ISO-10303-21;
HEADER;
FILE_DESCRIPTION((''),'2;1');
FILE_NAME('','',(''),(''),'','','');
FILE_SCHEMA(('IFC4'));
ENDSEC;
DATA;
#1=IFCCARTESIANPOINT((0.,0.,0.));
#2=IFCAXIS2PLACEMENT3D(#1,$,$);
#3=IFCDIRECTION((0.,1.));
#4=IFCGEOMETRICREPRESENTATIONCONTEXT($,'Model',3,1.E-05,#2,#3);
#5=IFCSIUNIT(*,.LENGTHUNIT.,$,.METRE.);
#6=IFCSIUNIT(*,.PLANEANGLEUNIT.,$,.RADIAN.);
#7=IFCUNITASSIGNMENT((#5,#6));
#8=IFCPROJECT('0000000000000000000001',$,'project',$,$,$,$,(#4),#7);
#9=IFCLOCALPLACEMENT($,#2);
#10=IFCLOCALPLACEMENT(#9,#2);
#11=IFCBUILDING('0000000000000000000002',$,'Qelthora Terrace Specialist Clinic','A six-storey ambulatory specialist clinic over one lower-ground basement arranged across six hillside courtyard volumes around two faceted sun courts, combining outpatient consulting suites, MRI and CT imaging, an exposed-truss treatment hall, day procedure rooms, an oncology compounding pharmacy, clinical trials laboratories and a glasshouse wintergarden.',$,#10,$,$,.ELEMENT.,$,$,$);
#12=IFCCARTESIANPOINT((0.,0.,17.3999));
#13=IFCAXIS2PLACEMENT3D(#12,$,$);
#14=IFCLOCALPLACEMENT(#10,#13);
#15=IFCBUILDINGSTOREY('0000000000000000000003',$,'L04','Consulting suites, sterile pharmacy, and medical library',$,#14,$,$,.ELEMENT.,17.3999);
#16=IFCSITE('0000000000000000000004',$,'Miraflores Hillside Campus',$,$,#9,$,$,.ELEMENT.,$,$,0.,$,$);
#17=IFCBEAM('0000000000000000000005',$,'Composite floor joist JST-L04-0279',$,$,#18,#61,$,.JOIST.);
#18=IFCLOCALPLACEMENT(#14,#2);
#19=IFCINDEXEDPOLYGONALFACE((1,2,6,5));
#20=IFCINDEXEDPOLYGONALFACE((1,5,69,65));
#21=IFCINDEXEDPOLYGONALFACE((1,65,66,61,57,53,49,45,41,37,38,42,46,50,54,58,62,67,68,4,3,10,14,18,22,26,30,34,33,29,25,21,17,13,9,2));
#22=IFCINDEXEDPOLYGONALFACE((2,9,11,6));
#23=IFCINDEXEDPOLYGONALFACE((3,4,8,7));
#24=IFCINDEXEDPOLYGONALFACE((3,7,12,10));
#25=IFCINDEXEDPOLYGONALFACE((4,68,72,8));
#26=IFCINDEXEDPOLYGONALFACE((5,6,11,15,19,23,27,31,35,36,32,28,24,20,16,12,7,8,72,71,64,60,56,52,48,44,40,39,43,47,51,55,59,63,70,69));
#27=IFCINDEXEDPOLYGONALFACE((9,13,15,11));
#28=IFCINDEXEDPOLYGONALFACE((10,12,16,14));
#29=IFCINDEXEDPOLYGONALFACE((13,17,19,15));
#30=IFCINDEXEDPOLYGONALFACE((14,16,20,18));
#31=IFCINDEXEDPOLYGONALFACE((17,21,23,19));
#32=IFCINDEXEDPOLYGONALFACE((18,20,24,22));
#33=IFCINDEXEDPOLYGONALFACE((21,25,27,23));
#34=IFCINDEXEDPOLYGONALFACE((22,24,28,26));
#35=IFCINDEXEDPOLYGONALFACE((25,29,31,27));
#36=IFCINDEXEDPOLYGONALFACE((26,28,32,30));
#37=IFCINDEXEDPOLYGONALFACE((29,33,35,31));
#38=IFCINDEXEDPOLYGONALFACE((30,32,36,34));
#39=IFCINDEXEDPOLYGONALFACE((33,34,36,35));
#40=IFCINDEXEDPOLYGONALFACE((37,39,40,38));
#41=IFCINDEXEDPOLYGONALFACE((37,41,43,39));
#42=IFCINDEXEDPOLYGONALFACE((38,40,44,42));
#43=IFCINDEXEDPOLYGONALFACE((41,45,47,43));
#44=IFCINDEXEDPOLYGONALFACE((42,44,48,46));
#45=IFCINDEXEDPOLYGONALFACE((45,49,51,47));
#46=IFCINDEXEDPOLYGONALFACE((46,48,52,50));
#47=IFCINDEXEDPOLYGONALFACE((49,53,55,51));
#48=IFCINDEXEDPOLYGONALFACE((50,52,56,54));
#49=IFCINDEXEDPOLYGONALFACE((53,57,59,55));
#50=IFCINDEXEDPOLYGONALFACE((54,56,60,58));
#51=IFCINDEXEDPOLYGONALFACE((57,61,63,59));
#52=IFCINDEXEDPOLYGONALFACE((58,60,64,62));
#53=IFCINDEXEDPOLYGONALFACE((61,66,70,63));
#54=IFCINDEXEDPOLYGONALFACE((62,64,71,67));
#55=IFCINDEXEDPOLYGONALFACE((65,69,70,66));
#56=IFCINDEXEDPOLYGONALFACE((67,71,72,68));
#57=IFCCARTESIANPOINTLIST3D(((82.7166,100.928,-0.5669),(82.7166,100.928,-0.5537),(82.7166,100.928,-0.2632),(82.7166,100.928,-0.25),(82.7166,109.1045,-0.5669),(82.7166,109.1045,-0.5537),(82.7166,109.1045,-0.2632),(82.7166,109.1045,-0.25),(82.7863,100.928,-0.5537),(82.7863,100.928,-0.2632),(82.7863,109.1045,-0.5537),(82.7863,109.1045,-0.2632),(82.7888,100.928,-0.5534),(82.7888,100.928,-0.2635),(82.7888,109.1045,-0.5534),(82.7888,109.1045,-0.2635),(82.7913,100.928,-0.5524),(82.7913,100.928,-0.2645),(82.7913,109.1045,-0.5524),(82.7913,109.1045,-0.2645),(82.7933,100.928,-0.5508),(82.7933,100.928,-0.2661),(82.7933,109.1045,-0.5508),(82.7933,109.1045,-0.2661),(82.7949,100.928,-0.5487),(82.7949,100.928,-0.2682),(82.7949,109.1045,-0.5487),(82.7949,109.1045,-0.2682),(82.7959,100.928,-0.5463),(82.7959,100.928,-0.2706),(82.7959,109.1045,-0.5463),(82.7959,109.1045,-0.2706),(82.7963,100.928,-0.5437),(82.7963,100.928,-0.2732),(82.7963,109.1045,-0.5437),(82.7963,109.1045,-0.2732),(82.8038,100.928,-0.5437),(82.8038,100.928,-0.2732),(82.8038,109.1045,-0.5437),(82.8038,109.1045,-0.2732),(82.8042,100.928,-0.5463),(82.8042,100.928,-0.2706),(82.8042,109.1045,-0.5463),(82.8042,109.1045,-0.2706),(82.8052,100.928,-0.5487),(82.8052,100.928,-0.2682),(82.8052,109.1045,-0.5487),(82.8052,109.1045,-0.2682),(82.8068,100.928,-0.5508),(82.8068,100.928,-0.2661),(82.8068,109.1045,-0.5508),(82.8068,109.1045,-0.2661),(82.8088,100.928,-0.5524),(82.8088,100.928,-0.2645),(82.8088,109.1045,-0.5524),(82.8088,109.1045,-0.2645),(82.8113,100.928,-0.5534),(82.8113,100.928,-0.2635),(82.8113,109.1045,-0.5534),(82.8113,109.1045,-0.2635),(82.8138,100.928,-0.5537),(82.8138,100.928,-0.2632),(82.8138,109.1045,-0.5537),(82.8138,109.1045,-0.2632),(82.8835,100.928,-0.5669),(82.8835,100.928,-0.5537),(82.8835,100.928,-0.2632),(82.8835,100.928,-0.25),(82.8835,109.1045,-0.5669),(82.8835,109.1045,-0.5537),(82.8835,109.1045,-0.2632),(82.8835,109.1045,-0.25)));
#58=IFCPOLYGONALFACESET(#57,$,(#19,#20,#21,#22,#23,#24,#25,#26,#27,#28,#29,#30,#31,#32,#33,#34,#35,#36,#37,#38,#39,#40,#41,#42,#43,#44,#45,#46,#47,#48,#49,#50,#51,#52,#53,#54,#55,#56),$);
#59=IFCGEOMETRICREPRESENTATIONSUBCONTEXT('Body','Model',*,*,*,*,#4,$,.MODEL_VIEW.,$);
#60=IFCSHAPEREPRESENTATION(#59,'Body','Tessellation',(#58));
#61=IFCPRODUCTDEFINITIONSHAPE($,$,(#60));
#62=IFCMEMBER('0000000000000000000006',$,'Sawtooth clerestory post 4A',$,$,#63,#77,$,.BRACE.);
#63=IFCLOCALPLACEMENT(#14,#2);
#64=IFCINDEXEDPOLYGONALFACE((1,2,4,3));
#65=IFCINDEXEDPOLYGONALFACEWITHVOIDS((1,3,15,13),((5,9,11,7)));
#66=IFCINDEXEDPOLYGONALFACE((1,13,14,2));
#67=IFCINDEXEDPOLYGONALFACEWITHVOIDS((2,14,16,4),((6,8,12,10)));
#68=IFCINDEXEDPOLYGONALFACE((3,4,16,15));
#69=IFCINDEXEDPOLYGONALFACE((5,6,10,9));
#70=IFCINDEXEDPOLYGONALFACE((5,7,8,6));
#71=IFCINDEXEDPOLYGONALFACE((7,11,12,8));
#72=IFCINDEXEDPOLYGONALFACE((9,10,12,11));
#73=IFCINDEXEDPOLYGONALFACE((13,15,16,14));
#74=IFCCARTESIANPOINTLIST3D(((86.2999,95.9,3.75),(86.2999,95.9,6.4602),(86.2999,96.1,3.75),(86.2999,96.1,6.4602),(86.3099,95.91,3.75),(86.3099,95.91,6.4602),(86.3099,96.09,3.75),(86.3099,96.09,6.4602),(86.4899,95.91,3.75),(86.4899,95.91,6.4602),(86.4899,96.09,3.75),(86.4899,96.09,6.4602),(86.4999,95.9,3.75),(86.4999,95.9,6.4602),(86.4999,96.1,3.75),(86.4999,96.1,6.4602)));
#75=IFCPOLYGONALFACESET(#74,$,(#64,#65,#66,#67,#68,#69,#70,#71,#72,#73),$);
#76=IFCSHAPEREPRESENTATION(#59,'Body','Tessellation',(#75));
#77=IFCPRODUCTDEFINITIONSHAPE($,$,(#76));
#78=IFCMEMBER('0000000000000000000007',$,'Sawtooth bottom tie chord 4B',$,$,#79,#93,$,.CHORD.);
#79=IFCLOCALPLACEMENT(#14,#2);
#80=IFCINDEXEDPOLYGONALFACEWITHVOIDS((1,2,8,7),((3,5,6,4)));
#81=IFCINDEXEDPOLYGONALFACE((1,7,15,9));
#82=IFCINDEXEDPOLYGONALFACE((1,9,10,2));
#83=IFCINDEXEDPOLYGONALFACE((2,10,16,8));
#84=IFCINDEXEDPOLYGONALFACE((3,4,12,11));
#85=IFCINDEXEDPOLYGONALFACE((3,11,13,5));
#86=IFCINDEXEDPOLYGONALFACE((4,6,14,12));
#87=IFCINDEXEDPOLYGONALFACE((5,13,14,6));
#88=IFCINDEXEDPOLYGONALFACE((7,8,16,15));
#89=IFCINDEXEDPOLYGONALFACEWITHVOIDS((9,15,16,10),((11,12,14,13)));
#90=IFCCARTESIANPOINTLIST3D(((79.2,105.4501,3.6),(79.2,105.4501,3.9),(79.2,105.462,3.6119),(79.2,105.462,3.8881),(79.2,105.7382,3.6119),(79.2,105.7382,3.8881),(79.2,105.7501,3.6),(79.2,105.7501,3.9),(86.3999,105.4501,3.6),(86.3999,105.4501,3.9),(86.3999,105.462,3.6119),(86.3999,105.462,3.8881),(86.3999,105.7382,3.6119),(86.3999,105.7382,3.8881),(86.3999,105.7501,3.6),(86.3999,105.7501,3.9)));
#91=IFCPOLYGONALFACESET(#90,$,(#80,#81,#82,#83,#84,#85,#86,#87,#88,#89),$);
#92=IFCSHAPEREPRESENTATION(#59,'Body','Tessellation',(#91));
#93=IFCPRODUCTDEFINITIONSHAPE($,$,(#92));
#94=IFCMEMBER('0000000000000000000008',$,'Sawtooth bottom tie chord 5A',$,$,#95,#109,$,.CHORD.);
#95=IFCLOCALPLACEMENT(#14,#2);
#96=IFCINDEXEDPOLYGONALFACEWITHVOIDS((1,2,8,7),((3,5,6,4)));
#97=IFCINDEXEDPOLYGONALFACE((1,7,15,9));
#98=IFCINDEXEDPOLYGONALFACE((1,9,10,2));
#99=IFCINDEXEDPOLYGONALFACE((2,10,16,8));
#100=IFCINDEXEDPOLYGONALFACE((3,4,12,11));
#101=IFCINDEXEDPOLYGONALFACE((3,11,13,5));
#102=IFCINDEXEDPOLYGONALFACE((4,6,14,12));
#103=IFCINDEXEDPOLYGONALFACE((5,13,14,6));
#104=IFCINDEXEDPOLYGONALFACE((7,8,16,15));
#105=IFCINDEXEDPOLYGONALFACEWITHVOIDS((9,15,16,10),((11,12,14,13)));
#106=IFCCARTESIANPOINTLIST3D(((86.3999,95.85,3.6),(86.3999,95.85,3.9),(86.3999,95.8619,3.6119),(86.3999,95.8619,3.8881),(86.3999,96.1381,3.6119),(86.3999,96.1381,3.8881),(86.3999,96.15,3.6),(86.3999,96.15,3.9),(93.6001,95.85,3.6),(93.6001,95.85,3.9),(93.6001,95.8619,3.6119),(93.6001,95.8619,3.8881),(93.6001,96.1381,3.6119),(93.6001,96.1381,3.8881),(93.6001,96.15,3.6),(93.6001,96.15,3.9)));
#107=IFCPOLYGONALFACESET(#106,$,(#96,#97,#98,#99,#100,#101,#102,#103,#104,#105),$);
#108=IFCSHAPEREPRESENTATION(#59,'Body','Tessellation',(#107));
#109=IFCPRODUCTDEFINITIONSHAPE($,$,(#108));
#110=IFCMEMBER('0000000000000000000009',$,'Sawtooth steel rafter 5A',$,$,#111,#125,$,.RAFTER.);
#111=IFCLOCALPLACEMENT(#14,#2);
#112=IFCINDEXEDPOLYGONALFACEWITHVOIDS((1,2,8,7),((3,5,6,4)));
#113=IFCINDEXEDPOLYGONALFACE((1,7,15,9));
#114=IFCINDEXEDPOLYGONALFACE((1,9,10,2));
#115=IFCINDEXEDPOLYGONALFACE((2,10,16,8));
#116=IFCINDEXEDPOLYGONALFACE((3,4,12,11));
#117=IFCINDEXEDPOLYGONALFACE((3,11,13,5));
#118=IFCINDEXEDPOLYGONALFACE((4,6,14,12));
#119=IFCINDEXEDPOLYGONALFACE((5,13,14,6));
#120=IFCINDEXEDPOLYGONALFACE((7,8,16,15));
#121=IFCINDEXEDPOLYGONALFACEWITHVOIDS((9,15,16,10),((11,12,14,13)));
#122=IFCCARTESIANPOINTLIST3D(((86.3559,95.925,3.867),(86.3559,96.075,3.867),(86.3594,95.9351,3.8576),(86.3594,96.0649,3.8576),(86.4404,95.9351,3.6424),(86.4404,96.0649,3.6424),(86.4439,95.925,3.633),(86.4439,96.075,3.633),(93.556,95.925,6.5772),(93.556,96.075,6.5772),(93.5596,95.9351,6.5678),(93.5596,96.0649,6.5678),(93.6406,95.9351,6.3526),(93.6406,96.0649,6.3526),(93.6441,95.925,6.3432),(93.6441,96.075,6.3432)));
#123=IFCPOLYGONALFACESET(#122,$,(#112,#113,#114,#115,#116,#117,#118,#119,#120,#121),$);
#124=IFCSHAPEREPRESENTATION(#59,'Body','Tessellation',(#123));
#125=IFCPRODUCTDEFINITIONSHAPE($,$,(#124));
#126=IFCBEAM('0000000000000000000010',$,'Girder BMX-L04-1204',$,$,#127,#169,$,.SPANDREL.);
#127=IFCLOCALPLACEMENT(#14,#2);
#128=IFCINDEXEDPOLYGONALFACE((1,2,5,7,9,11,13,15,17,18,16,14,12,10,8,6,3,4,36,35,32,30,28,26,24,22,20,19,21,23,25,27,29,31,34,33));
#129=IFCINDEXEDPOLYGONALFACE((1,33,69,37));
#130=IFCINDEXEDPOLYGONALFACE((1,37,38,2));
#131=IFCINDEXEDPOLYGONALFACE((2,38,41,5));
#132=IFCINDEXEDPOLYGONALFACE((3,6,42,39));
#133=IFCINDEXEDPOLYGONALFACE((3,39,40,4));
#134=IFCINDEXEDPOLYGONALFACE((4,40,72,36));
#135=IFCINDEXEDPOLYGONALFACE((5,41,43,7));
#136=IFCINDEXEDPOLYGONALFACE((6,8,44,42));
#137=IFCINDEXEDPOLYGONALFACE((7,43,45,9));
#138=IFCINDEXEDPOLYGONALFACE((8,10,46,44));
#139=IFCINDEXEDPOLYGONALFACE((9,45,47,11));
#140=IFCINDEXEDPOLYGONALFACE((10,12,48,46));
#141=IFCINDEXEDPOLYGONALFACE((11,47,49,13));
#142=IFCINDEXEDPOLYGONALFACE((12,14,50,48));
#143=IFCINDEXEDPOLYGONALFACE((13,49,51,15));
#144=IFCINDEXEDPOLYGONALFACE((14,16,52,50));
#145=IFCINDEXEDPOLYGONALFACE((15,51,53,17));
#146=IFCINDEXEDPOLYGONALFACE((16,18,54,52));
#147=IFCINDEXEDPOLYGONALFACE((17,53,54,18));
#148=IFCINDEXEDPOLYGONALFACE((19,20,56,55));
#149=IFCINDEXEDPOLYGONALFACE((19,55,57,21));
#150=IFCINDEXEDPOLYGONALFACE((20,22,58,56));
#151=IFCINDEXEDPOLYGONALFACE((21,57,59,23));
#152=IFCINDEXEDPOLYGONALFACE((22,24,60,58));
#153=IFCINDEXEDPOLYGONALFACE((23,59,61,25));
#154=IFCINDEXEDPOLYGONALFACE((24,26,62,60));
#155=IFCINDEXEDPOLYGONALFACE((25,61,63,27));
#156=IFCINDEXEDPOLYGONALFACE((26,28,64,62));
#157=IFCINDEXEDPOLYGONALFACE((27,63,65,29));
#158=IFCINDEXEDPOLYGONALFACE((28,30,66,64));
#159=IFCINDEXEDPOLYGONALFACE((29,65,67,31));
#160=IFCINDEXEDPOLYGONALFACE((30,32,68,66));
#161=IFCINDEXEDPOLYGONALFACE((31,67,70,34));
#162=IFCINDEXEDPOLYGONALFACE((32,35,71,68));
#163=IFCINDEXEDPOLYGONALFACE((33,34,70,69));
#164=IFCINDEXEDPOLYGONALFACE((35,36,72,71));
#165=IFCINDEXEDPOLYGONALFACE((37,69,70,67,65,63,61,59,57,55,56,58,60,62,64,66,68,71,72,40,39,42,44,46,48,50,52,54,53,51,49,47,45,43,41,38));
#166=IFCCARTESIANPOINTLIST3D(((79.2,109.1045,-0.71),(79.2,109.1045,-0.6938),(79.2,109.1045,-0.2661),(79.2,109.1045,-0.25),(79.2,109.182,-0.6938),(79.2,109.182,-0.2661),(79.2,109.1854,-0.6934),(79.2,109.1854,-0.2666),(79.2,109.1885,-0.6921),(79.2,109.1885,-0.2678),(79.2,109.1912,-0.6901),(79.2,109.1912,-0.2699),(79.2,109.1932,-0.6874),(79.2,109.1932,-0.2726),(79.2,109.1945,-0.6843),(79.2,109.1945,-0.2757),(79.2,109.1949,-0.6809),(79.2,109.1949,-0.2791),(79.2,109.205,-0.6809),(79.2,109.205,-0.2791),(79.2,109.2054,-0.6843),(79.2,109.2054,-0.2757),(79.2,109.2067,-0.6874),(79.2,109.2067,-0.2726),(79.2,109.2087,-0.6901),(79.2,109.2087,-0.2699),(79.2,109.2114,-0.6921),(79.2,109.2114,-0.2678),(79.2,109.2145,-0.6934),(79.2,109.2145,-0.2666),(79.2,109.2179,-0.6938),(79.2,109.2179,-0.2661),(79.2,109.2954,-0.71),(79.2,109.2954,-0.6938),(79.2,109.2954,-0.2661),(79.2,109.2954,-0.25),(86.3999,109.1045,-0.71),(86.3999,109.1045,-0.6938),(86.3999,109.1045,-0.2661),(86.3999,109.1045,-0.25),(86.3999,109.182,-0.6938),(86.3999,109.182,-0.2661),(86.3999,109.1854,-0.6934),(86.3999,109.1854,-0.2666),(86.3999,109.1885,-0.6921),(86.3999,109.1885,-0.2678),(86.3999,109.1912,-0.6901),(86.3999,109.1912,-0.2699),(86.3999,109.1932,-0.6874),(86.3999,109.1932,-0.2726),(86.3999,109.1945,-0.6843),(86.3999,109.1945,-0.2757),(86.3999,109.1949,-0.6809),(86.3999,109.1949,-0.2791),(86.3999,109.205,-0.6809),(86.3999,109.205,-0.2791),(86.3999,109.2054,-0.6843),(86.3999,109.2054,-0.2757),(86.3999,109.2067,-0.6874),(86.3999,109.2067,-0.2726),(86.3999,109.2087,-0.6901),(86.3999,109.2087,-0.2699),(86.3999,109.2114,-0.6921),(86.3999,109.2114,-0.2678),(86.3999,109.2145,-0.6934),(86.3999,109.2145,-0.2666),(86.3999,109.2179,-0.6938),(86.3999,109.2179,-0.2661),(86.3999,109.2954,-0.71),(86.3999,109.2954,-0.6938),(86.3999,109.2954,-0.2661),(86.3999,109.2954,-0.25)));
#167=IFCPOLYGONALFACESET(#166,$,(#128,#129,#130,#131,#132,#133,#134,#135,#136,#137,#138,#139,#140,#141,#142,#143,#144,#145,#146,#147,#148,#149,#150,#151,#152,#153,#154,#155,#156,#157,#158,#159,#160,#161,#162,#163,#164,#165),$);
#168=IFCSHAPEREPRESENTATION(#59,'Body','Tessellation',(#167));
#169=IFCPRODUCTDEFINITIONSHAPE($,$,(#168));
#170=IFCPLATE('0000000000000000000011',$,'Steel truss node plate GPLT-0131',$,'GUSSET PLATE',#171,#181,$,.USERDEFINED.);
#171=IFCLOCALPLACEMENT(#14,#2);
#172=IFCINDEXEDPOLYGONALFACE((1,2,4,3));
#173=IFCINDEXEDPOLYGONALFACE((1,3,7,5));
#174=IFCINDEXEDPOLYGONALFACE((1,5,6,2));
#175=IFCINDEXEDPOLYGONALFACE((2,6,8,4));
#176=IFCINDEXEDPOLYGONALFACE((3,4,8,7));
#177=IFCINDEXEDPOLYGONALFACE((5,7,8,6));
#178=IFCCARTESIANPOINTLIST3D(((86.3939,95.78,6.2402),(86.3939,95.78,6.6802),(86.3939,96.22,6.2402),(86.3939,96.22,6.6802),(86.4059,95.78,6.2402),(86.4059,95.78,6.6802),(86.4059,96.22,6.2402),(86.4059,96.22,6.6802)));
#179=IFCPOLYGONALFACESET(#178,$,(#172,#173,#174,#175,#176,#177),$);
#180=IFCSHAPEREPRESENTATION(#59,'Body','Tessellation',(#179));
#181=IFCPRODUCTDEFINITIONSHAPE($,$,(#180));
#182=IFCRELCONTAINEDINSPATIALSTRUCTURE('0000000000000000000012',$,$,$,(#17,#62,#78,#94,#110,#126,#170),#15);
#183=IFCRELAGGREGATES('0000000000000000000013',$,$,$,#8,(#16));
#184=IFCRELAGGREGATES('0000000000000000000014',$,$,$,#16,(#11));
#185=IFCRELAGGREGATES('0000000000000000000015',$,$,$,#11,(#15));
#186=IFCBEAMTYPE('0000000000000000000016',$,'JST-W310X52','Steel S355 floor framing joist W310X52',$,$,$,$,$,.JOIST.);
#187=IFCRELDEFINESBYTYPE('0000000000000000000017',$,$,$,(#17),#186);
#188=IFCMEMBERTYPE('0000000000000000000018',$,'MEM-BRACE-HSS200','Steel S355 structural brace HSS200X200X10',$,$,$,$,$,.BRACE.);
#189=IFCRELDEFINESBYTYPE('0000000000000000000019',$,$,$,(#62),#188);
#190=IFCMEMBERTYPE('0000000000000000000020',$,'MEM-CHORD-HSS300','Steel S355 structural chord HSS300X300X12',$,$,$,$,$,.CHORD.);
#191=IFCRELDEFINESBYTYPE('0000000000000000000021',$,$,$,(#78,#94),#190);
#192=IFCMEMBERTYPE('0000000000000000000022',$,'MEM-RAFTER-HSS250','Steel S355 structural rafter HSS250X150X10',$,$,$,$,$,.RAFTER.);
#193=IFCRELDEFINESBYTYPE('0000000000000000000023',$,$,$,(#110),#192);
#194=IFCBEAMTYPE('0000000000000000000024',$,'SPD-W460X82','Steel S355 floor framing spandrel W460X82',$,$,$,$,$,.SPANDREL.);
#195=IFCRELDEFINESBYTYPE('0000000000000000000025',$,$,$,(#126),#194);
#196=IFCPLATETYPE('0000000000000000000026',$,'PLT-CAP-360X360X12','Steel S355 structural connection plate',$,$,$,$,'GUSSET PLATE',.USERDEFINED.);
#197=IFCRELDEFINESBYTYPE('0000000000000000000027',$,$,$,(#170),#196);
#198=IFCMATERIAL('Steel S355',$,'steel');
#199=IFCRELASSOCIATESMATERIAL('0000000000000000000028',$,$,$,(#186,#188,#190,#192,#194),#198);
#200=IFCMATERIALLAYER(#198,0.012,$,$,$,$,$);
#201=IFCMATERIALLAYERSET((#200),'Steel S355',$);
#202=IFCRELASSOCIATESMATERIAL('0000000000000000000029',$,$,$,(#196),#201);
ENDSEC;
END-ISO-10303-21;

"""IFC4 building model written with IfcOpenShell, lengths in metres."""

from ifc_helpers import new_model, si_unit, direction, frame, origin, origin_2d, place, context, subcontext, project, spatial, rectangle, hollow_rectangle, i_section, extrude, material, layer, layer_set, material_profile, profile_set, type_object, element, save


model = new_model("IFC4")

# Units and contexts
model_context = context("Model", 3, precision=1e-05, world=origin(), true_north=direction((0.0, 1.0)))
body_context = subcontext(model_context, "Body", "Model", "MODEL_VIEW")
ifc_project = project(units=[si_unit("LENGTHUNIT", "METRE"), si_unit("PLANEANGLEUNIT", "RADIAN")], contexts=[model_context])

# Site, building, storey
site_placement = place(None, origin())
site = spatial("IfcSite", under=ifc_project, at=site_placement, Name="Miraflores Hillside Campus", CompositionType="ELEMENT", RefElevation=0.0)
building_placement = place(site_placement, origin())
building = spatial("IfcBuilding", under=site, at=building_placement, Name="Qelthora Terrace Specialist Clinic", Description="A six-storey ambulatory specialist clinic over one lower-ground basement arranged across six hillside courtyard volumes around two faceted sun courts, combining outpatient consulting suites, MRI and CT imaging, an exposed-truss treatment hall, day procedure rooms, an oncology compounding pharmacy, clinical trials laboratories and a glasshouse wintergarden.", CompositionType="ELEMENT")
storey_placement = place(building_placement, frame((0.0, 0.0, 17.3999)))
storey = spatial("IfcBuildingStorey", under=building, at=storey_placement, Name="L04", Description="Consulting suites, sterile pharmacy, and medical library", CompositionType="ELEMENT", Elevation=17.3999)

# Shared definitions
ifc_material_1 = material(Name="Steel S355", Category="steel")

# Beam
ifc_material_profile_1 = material_profile(ifc_material_1, i_section(OverallWidth=0.167, OverallDepth=0.3169, WebThickness=0.0076, FlangeThickness=0.0132, FilletRadius=0.01, at=origin_2d()), Name="W310X52")
ifc_profile_set_1 = profile_set([ifc_material_profile_1], Name="Steel S355")
beam_type_1 = type_object("IfcBeamType", Name="JST-W310X52", Description="Steel S355 floor framing joist W310X52", PredefinedType="JOIST", material=ifc_profile_set_1)
beam_1_placement = place(storey_placement, frame((82.8, 100.928, -0.4084), z_axis=(0.0, 1.0, 0.0), x_axis=(-1.0, 0.0, 0.0)))
element("IfcBeam", 1, at=beam_1_placement, inside=storey, type_object=beam_type_1, Name="Composite floor joist JST-L04-0279", PredefinedType="JOIST", context=body_context, shape_type="SweptSolid", body=[
    extrude(i_section(OverallWidth=0.167, OverallDepth=0.3169, WebThickness=0.0076, FlangeThickness=0.0132, FilletRadius=0.01, at=origin_2d()), origin(), (0.0, 0.0, 1.0), 8.1765),
])

# Members
ifc_material_profile_2 = material_profile(ifc_material_1, hollow_rectangle(XDim=0.2, YDim=0.2, WallThickness=0.01, at=origin_2d()), Name="HSS200X200X10")
ifc_profile_set_2 = profile_set([ifc_material_profile_2], Name="Steel S355")
member_type_1 = type_object("IfcMemberType", Name="MEM-BRACE-HSS200", Description="Steel S355 structural brace HSS200X200X10", PredefinedType="BRACE", material=ifc_profile_set_2)
member_1_placement = place(storey_placement, frame((86.3999, 96.0, 3.75), z_axis=(0.0, 0.0, 1.0), x_axis=(1.0, 0.0, 0.0)))
element("IfcMember", 2, at=member_1_placement, inside=storey, type_object=member_type_1, Name="Sawtooth clerestory post 4A", PredefinedType="BRACE", context=body_context, shape_type="SweptSolid", body=[
    extrude(hollow_rectangle(XDim=0.2, YDim=0.2, WallThickness=0.01, at=origin_2d()), origin(), (0.0, 0.0, 1.0), 2.7102),
])
ifc_material_profile_3 = material_profile(ifc_material_1, hollow_rectangle(XDim=0.3, YDim=0.3, WallThickness=0.012, at=origin_2d()), Name="HSS300X300X12")
ifc_profile_set_3 = profile_set([ifc_material_profile_3], Name="Steel S355")
member_type_2 = type_object("IfcMemberType", Name="MEM-CHORD-HSS300", Description="Steel S355 structural chord HSS300X300X12", PredefinedType="CHORD", material=ifc_profile_set_3)
member_2_placement = place(storey_placement, frame((79.2, 105.6001, 3.75), z_axis=(1.0, 0.0, 0.0), x_axis=(0.0, 1.0, 0.0)))
element("IfcMember", 3, at=member_2_placement, inside=storey, type_object=member_type_2, Name="Sawtooth bottom tie chord 4B", PredefinedType="CHORD", context=body_context, shape_type="SweptSolid", body=[
    extrude(hollow_rectangle(XDim=0.3, YDim=0.3, WallThickness=0.012, at=origin_2d()), origin(), (0.0, 0.0, 1.0), 7.2),
])
member_3_placement = place(storey_placement, frame((86.3999, 96.0, 3.75), z_axis=(1.0, 0.0, 0.0), x_axis=(0.0, 1.0, 0.0)))
element("IfcMember", 4, at=member_3_placement, inside=storey, type_object=member_type_2, Name="Sawtooth bottom tie chord 5A", PredefinedType="CHORD", context=body_context, shape_type="SweptSolid", body=[
    extrude(hollow_rectangle(XDim=0.3, YDim=0.3, WallThickness=0.012, at=origin_2d()), origin(), (0.0, 0.0, 1.0), 7.2002),
])
ifc_material_profile_4 = material_profile(ifc_material_1, hollow_rectangle(XDim=0.1499, YDim=0.25, WallThickness=0.01, at=origin_2d()), Name="HSS250X150X10")
ifc_profile_set_4 = profile_set([ifc_material_profile_4], Name="Steel S355")
member_type_3 = type_object("IfcMemberType", Name="MEM-RAFTER-HSS250", Description="Steel S355 structural rafter HSS250X150X10", PredefinedType="RAFTER", material=ifc_profile_set_4)
member_4_placement = place(storey_placement, frame((86.3999, 96.0, 3.75), z_axis=(0.935895, 0.0, 0.352278), x_axis=(0.0, 1.0, 0.0)))
element("IfcMember", 5, at=member_4_placement, inside=storey, type_object=member_type_3, Name="Sawtooth steel rafter 5A", PredefinedType="RAFTER", context=body_context, shape_type="SweptSolid", body=[
    extrude(hollow_rectangle(XDim=0.1499, YDim=0.25, WallThickness=0.01, at=origin_2d()), origin(), (0.0, 0.0, 1.0), 7.6934),
])

# Beam
ifc_material_profile_5 = material_profile(ifc_material_1, i_section(OverallWidth=0.1909, OverallDepth=0.46, WebThickness=0.01, FlangeThickness=0.0161, FilletRadius=0.0129, at=origin_2d()), Name="W460X82")
ifc_profile_set_5 = profile_set([ifc_material_profile_5], Name="Steel S355")
beam_type_2 = type_object("IfcBeamType", Name="SPD-W460X82", Description="Steel S355 floor framing spandrel W460X82", PredefinedType="SPANDREL", material=ifc_profile_set_5)
beam_2_placement = place(storey_placement, frame((79.2, 109.2, -0.48), z_axis=(1.0, 0.0, 0.0), x_axis=(0.0, 1.0, 0.0)))
element("IfcBeam", 6, at=beam_2_placement, inside=storey, type_object=beam_type_2, Name="Girder BMX-L04-1204", PredefinedType="SPANDREL", context=body_context, shape_type="SweptSolid", body=[
    extrude(i_section(OverallWidth=0.1909, OverallDepth=0.46, WebThickness=0.01, FlangeThickness=0.0161, FilletRadius=0.0129, at=origin_2d()), origin(), (0.0, 0.0, 1.0), 7.2),
])

# Plate
ifc_layer_1 = layer(ifc_material_1, 0.012)
ifc_layer_set_1 = layer_set([ifc_layer_1], Name="Steel S355")
plate_type = type_object("IfcPlateType", Name="PLT-CAP-360X360X12", Description="Steel S355 structural connection plate", ElementType="GUSSET PLATE", PredefinedType="USERDEFINED", material=ifc_layer_set_1)
for number, where, z_axis, x_axis, name in (
    (7, (86.3999, 96.0, 6.2402), (0.0, 0.0, 1.0), (1.0, 0.0, 0.0), "Steel truss node plate GPLT-0131"),
):
    element("IfcPlate", number, at=place(storey_placement, frame(where, z_axis=z_axis, x_axis=x_axis)), inside=storey, type_object=plate_type, Name=name, ObjectType="GUSSET PLATE", PredefinedType="USERDEFINED", context=body_context, shape_type="SweptSolid", body=[
        extrude(rectangle(XDim=0.012, YDim=0.4399, at=origin_2d()), origin(), (0.0, 0.0, 1.0), 0.4399),
    ])

save(model, "model.ifc")
